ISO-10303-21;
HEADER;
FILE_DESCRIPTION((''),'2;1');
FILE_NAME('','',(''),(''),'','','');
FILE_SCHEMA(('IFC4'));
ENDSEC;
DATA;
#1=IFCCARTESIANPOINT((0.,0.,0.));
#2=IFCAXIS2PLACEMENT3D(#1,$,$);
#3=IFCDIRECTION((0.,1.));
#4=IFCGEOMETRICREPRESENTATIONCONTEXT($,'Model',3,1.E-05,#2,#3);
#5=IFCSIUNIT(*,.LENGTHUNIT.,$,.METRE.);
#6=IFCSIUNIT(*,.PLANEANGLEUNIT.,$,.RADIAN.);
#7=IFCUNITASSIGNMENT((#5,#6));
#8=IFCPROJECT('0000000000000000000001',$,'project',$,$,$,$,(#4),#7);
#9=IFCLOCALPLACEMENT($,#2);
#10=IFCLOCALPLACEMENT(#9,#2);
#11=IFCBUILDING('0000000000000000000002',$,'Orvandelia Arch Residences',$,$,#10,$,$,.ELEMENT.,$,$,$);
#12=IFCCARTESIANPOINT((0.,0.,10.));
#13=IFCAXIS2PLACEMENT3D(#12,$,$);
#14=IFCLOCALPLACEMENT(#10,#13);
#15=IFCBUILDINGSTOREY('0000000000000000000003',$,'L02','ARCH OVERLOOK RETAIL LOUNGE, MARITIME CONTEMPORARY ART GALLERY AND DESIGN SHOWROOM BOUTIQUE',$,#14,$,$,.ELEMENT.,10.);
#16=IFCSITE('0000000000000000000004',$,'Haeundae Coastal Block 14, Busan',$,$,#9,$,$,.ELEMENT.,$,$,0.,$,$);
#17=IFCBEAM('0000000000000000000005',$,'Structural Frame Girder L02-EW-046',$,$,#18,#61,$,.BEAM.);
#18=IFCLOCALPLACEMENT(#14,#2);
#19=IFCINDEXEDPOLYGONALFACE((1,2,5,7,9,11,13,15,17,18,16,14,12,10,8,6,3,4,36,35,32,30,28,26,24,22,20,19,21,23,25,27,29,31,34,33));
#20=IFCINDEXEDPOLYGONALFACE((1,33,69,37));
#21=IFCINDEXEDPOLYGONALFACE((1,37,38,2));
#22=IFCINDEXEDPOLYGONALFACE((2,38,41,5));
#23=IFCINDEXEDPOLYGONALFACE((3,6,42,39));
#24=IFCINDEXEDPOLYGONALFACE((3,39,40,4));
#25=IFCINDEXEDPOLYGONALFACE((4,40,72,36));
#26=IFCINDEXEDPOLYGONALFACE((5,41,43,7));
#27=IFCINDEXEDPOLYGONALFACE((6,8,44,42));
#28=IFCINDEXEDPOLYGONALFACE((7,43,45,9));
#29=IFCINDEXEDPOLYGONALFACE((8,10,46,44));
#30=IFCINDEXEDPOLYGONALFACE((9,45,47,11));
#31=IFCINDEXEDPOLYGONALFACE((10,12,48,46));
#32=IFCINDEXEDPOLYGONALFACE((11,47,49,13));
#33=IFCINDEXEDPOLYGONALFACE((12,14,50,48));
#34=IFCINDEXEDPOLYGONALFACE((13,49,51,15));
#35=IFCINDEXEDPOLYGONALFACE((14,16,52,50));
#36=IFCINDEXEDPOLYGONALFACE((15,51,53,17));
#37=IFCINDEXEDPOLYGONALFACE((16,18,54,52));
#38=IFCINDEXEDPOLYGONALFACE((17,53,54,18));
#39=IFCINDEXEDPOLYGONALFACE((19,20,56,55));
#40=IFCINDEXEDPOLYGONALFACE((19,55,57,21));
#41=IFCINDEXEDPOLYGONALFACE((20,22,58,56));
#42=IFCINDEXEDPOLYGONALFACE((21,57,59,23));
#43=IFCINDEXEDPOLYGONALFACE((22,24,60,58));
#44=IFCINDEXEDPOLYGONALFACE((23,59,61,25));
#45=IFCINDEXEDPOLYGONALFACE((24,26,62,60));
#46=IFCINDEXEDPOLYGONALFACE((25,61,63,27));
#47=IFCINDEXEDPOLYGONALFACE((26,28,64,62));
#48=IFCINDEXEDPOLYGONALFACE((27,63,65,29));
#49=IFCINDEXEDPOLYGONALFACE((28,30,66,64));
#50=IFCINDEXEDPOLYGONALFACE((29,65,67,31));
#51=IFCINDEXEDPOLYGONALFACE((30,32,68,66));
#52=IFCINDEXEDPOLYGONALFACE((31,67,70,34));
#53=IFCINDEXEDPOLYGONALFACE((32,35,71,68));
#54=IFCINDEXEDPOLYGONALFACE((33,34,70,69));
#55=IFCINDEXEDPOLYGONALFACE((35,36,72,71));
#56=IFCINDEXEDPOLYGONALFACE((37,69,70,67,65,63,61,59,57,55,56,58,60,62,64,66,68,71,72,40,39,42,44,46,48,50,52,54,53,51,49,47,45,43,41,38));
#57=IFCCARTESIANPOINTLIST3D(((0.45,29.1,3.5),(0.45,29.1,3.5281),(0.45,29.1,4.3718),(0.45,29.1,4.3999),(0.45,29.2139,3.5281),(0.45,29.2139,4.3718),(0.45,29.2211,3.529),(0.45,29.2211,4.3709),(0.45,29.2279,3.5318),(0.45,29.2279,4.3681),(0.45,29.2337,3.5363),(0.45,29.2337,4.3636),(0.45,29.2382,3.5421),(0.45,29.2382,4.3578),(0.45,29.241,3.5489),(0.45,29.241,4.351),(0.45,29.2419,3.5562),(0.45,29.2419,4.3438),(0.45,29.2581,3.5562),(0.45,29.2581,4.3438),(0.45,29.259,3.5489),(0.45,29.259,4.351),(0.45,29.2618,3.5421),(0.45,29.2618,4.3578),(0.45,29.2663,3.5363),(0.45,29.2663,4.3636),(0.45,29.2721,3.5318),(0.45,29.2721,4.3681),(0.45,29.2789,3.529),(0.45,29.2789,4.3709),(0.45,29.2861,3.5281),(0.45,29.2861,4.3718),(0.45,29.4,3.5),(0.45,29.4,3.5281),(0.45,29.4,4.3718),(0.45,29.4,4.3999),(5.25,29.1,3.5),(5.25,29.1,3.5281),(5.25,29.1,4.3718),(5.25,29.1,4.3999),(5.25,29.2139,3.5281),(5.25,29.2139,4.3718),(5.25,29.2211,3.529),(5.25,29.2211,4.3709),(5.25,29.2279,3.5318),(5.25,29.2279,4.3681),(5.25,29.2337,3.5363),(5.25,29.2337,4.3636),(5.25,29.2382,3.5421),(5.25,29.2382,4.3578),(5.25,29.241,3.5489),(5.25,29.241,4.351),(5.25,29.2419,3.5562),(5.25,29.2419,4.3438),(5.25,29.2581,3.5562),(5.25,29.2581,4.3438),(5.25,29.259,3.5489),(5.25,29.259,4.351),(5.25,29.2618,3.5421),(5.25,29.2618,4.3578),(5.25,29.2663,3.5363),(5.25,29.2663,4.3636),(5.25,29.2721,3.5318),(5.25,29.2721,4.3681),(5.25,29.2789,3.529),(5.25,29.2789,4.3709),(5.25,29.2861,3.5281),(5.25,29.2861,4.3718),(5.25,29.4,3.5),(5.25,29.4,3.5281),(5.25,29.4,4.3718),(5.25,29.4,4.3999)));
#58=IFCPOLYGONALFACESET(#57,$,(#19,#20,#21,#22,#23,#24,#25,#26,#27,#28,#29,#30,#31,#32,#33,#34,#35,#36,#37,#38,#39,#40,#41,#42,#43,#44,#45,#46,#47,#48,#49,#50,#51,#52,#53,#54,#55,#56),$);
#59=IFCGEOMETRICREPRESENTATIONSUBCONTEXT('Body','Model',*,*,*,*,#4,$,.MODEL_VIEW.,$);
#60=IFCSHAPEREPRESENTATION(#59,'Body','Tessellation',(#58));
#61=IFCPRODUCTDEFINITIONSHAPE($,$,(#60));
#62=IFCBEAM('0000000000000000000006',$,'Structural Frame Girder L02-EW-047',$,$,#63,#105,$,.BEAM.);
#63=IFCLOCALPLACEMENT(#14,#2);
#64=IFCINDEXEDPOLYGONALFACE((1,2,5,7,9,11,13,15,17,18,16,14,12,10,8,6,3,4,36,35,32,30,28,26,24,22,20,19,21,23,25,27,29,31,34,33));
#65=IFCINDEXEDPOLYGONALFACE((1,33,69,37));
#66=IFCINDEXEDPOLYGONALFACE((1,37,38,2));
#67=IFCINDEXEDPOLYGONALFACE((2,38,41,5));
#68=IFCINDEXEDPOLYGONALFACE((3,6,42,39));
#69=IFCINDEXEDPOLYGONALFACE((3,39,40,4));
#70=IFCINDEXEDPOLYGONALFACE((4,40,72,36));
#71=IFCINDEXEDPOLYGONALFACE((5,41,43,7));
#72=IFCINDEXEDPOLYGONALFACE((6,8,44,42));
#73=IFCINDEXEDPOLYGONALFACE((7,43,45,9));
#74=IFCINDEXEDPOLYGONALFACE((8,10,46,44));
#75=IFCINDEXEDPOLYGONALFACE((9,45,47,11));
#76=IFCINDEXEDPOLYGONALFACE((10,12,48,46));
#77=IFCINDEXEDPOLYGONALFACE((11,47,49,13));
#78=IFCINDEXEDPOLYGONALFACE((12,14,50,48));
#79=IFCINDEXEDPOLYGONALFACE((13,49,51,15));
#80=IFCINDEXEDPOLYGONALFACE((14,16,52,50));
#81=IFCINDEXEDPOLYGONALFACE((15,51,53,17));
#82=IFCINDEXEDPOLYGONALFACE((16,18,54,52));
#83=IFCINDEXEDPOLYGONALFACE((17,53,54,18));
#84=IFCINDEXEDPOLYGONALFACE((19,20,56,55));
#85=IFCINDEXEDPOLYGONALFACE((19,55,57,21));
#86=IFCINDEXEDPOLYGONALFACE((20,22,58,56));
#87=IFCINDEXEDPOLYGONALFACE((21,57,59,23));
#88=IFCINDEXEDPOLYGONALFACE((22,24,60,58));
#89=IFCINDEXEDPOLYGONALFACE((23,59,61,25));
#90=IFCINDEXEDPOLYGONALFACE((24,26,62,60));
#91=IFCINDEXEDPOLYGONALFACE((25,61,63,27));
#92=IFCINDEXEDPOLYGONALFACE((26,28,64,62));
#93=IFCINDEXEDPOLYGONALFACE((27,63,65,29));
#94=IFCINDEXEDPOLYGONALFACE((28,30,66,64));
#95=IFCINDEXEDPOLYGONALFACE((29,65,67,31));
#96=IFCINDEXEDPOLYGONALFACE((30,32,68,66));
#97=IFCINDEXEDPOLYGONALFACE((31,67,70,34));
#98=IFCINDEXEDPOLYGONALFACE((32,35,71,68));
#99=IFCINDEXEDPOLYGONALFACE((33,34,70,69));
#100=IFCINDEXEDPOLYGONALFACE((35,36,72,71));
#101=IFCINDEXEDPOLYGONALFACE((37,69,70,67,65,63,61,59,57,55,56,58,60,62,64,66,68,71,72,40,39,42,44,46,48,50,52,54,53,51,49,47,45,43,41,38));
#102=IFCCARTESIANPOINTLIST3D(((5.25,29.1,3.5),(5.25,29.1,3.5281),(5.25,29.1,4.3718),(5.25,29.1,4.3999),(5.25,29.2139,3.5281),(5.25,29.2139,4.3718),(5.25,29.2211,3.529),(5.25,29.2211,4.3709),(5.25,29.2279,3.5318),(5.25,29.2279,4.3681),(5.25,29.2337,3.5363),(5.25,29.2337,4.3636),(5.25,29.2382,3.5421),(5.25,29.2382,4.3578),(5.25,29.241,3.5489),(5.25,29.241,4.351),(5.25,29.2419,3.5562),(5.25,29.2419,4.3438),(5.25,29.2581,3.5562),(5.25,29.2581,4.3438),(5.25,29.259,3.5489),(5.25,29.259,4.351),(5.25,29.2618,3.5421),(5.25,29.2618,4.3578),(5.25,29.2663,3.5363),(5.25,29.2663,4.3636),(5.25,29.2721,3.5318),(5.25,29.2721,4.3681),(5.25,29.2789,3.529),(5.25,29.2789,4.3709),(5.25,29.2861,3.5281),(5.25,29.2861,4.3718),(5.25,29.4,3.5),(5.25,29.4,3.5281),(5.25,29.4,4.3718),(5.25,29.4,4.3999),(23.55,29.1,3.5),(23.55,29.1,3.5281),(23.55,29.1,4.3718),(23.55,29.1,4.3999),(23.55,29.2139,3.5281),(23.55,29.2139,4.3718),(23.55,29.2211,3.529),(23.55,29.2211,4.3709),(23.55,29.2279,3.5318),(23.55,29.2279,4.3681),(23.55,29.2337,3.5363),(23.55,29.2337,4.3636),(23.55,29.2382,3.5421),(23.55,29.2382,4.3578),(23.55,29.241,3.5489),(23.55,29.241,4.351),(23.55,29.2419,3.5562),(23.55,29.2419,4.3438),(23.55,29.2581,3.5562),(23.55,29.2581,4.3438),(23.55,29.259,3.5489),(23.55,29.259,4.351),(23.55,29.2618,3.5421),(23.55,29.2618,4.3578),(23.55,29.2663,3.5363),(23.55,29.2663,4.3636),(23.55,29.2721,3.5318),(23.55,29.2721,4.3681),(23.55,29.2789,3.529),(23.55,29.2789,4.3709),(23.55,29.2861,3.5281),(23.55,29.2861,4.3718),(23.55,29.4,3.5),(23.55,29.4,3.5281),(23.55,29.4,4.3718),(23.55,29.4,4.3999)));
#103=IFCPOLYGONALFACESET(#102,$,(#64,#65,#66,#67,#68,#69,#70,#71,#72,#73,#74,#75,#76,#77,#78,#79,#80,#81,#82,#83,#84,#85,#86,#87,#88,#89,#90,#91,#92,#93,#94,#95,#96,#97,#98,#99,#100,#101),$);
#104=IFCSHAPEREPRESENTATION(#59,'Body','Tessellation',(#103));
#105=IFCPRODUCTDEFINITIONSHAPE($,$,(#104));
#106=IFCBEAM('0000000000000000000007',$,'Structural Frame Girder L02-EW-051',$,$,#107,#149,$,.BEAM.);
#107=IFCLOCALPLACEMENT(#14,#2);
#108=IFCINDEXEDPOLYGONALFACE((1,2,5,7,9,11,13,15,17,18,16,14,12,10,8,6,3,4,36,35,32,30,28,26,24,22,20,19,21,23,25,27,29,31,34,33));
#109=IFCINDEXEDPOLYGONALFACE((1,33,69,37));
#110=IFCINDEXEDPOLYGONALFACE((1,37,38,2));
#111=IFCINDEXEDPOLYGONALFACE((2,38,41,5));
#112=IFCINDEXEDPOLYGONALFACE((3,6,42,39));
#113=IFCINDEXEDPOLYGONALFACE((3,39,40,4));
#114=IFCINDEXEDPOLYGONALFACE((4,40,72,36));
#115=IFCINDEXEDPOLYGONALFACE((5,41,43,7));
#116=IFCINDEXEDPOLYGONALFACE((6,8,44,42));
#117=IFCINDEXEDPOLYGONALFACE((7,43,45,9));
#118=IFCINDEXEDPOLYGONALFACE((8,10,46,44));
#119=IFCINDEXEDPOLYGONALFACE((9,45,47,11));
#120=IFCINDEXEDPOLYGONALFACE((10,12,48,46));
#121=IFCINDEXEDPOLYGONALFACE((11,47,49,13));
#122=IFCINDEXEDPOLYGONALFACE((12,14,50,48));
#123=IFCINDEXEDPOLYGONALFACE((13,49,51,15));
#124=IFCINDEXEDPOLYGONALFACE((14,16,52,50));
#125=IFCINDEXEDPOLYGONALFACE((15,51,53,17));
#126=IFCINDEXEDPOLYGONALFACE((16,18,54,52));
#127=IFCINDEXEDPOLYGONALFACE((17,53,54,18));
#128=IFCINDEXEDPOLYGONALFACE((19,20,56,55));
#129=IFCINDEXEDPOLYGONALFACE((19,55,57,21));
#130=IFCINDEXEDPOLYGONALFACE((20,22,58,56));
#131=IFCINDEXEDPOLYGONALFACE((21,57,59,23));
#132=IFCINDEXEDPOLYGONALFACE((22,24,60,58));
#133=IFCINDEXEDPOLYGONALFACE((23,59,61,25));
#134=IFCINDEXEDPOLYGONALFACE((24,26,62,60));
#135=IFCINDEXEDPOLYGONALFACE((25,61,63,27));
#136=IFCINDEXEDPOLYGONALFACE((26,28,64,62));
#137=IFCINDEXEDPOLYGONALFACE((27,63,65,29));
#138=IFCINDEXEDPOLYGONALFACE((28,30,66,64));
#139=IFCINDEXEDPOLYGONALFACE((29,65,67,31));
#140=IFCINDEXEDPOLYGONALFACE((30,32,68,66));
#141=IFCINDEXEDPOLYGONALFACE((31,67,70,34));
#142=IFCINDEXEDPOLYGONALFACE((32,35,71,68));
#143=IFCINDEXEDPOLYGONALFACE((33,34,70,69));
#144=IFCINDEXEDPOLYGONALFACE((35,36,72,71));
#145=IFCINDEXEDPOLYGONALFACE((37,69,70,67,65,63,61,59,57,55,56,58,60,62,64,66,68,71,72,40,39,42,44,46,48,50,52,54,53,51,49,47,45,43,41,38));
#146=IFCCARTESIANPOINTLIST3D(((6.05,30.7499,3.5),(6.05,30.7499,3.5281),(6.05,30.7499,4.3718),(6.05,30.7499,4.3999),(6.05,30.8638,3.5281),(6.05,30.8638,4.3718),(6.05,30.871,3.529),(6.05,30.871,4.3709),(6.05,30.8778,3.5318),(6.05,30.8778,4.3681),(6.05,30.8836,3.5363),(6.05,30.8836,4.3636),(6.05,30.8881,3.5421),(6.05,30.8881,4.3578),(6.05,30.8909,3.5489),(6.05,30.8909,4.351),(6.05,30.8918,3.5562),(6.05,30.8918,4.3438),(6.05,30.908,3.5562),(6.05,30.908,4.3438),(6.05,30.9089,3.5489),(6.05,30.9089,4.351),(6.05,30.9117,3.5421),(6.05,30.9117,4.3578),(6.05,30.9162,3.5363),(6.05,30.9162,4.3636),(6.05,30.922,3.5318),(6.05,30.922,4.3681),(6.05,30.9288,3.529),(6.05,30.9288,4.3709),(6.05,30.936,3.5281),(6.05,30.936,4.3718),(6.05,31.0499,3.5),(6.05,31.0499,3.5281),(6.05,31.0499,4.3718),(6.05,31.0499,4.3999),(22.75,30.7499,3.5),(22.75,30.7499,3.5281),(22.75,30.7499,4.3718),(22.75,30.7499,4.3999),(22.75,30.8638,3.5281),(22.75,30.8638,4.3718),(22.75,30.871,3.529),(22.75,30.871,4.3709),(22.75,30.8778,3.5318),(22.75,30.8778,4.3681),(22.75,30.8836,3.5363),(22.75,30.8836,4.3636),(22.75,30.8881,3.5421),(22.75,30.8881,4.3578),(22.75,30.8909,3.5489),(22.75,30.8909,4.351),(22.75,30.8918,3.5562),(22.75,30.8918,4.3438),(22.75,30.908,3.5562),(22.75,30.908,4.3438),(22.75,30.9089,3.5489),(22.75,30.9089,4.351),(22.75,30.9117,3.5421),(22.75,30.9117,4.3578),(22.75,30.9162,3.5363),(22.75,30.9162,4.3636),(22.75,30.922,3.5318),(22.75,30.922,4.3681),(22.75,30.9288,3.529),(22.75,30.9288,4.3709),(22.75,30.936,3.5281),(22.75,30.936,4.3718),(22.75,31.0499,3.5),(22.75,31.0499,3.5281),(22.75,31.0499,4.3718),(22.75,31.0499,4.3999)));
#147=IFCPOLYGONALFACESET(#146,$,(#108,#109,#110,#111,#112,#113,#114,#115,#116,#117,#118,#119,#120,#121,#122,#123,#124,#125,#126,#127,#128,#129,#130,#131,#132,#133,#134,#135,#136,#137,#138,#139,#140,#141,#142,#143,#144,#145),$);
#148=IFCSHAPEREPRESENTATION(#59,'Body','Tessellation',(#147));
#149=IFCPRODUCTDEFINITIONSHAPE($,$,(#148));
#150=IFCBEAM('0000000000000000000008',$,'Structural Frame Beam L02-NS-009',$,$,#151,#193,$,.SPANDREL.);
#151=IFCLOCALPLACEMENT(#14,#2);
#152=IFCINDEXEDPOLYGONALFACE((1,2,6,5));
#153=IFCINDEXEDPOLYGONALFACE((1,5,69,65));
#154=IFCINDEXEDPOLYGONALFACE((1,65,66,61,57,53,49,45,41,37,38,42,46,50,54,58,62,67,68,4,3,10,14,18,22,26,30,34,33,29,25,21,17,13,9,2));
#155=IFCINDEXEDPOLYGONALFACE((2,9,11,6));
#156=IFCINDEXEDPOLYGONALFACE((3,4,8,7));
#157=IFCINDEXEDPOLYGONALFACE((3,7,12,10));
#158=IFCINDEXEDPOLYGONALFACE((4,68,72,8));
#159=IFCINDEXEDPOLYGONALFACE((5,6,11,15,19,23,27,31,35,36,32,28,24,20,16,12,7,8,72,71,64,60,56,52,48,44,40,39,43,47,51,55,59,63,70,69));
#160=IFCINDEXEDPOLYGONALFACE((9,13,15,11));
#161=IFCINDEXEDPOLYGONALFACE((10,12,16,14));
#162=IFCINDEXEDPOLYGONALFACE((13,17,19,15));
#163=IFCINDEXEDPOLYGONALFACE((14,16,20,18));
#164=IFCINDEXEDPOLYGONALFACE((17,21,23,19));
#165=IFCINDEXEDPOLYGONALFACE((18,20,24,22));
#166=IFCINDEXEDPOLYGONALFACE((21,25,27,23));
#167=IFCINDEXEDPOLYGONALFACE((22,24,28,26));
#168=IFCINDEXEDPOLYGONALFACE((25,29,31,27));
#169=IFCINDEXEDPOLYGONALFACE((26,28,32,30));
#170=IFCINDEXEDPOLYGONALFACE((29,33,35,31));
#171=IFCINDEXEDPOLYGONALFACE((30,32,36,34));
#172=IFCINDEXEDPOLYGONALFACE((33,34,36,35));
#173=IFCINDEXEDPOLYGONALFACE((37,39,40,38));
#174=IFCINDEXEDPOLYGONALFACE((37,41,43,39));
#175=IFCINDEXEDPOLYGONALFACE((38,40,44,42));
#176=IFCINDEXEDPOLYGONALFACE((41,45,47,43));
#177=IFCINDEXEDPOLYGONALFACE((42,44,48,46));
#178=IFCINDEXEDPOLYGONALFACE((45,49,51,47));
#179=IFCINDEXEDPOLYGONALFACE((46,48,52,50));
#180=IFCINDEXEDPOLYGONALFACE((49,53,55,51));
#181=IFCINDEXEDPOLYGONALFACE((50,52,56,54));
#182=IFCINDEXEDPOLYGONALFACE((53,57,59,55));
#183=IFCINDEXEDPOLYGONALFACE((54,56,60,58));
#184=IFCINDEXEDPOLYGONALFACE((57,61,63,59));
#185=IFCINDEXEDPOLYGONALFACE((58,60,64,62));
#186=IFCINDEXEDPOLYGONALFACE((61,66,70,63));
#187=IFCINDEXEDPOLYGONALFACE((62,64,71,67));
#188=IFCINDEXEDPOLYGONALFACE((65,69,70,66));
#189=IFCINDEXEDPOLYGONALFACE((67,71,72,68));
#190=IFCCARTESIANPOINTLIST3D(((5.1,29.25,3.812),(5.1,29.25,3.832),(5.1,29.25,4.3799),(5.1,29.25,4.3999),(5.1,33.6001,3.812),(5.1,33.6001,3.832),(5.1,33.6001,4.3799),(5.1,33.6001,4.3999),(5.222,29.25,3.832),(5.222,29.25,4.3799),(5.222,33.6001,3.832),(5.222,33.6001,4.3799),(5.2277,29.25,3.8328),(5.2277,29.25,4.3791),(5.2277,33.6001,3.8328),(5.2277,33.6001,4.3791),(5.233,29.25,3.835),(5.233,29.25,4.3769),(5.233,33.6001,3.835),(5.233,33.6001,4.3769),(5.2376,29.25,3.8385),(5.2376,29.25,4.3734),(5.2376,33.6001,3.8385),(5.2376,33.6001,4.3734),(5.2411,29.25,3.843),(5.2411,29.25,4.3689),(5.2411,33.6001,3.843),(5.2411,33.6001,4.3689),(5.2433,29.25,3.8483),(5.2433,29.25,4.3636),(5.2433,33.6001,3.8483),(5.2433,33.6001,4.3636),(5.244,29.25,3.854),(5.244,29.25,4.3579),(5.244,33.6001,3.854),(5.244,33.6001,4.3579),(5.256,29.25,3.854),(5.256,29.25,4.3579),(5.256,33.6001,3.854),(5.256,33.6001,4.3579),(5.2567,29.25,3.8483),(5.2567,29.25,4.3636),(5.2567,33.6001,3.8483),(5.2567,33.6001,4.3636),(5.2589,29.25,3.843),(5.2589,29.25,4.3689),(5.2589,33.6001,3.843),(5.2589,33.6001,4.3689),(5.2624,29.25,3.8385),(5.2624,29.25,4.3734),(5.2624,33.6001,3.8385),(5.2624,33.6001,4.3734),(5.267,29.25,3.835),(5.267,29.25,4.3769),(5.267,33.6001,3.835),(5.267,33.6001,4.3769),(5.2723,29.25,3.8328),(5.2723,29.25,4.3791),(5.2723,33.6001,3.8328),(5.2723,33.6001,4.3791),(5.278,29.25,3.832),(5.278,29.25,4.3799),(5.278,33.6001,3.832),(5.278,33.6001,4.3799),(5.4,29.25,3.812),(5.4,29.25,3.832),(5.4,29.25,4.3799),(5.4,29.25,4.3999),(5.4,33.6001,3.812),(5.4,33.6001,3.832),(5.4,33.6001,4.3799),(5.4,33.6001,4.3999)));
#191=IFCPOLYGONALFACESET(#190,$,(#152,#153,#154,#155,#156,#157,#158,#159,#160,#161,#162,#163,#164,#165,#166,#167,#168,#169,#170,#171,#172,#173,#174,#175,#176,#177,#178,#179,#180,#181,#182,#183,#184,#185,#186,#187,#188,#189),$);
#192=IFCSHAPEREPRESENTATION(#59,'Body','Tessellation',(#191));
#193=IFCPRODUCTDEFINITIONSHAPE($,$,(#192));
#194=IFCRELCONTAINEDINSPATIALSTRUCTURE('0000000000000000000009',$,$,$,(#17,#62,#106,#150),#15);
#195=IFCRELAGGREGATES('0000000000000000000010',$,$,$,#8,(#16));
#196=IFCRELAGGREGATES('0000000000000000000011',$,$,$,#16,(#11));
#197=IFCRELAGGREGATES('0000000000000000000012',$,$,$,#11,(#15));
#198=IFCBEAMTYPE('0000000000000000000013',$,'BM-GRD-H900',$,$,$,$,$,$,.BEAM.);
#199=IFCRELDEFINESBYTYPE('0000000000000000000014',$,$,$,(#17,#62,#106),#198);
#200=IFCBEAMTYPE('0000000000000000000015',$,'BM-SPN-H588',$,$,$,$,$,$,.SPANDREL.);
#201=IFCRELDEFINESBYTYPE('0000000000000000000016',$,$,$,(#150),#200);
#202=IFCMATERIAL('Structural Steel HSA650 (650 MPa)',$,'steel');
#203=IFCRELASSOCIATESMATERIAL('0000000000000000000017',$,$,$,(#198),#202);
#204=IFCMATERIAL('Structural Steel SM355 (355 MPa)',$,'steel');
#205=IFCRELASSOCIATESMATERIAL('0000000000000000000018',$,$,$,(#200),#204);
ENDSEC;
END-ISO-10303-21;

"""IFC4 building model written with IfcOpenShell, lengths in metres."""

from ifc_helpers import new_model, si_unit, direction, frame, origin, origin_2d, place, context, subcontext, project, spatial, i_section, extrude, material, material_profile, profile_set, type_object, element, save


model = new_model("IFC4")

# Units and contexts
model_context = context("Model", 3, precision=1e-05, world=origin(), true_north=direction((0.0, 1.0)))
body_context = subcontext(model_context, "Body", "Model", "MODEL_VIEW")
ifc_project = project(units=[si_unit("LENGTHUNIT", "METRE"), si_unit("PLANEANGLEUNIT", "RADIAN")], contexts=[model_context])

# Site, building, storey
site_placement = place(None, origin())
site = spatial("IfcSite", under=ifc_project, at=site_placement, Name="Haeundae Coastal Block 14, Busan", CompositionType="ELEMENT", RefElevation=0.0)
building_placement = place(site_placement, origin())
building = spatial("IfcBuilding", under=site, at=building_placement, Name="Orvandelia Arch Residences", CompositionType="ELEMENT")
storey_placement = place(building_placement, frame((0.0, 0.0, 10.0)))
storey = spatial("IfcBuildingStorey", under=building, at=storey_placement, Name="L02", Description="ARCH OVERLOOK RETAIL LOUNGE, MARITIME CONTEMPORARY ART GALLERY AND DESIGN SHOWROOM BOUTIQUE", CompositionType="ELEMENT", Elevation=10.0)

# Beams
ifc_material_1 = material(Name="Structural Steel HSA650 (650 MPa)", Category="steel")
ifc_material_profile_1 = material_profile(ifc_material_1, i_section(OverallWidth=0.3, OverallDepth=0.8999, WebThickness=0.0161, FlangeThickness=0.0281, FilletRadius=0.0281, at=origin_2d()), Name="Structural Steel HSA650 (650 MPa)", Category="steel")
ifc_profile_set_1 = profile_set([ifc_material_profile_1], Name="Structural Steel HSA650 (650 MPa)")
beam_type_1 = type_object("IfcBeamType", Name="BM-GRD-H900", PredefinedType="BEAM", material=ifc_profile_set_1)
beam_1_placement = place(storey_placement, frame((0.45, 29.25, 3.95), z_axis=(1.0, 0.0, 0.0), x_axis=(0.0, 1.0, 0.0)))
element("IfcBeam", 1, at=beam_1_placement, inside=storey, type_object=beam_type_1, Name="Structural Frame Girder L02-EW-046", PredefinedType="BEAM", context=body_context, shape_type="SweptSolid", body=[
    extrude(i_section(OverallWidth=0.3, OverallDepth=0.8999, WebThickness=0.0161, FlangeThickness=0.0281, FilletRadius=0.0281, at=origin_2d()), origin(), (0.0, 0.0, 1.0), 4.8),
])
beam_2_placement = place(storey_placement, frame((5.25, 29.25, 3.95), z_axis=(1.0, 0.0, 0.0), x_axis=(0.0, 1.0, 0.0)))
element("IfcBeam", 2, at=beam_2_placement, inside=storey, type_object=beam_type_1, Name="Structural Frame Girder L02-EW-047", PredefinedType="BEAM", context=body_context, shape_type="SweptSolid", body=[
    extrude(i_section(OverallWidth=0.3, OverallDepth=0.8999, WebThickness=0.0161, FlangeThickness=0.0281, FilletRadius=0.0281, at=origin_2d()), origin(), (0.0, 0.0, 1.0), 18.3),
])
beam_3_placement = place(storey_placement, frame((6.05, 30.8999, 3.95), z_axis=(1.0, 0.0, 0.0), x_axis=(0.0, 1.0, 0.0)))
element("IfcBeam", 3, at=beam_3_placement, inside=storey, type_object=beam_type_1, Name="Structural Frame Girder L02-EW-051", PredefinedType="BEAM", context=body_context, shape_type="SweptSolid", body=[
    extrude(i_section(OverallWidth=0.3, OverallDepth=0.8999, WebThickness=0.0161, FlangeThickness=0.0281, FilletRadius=0.0281, at=origin_2d()), origin(), (0.0, 0.0, 1.0), 16.7),
])
ifc_material_2 = material(Name="Structural Steel SM355 (355 MPa)", Category="steel")
ifc_material_profile_2 = material_profile(ifc_material_2, i_section(OverallWidth=0.3, OverallDepth=0.5879, WebThickness=0.012, FlangeThickness=0.02, FilletRadius=0.022, at=origin_2d()), Name="Structural Steel SM355 (355 MPa)", Category="steel")
ifc_profile_set_2 = profile_set([ifc_material_profile_2], Name="Structural Steel SM355 (355 MPa)")
beam_type_2 = type_object("IfcBeamType", Name="BM-SPN-H588", PredefinedType="SPANDREL", material=ifc_profile_set_2)
beam_4_placement = place(storey_placement, frame((5.25, 29.25, 4.106), z_axis=(0.0, 1.0, 0.0), x_axis=(-1.0, 0.0, 0.0)))
element("IfcBeam", 4, at=beam_4_placement, inside=storey, type_object=beam_type_2, Name="Structural Frame Beam L02-NS-009", PredefinedType="SPANDREL", context=body_context, shape_type="SweptSolid", body=[
    extrude(i_section(OverallWidth=0.3, OverallDepth=0.5879, WebThickness=0.012, FlangeThickness=0.02, FilletRadius=0.022, at=origin_2d()), origin(), (0.0, 0.0, 1.0), 4.3501),
])

save(model, "model.ifc")
